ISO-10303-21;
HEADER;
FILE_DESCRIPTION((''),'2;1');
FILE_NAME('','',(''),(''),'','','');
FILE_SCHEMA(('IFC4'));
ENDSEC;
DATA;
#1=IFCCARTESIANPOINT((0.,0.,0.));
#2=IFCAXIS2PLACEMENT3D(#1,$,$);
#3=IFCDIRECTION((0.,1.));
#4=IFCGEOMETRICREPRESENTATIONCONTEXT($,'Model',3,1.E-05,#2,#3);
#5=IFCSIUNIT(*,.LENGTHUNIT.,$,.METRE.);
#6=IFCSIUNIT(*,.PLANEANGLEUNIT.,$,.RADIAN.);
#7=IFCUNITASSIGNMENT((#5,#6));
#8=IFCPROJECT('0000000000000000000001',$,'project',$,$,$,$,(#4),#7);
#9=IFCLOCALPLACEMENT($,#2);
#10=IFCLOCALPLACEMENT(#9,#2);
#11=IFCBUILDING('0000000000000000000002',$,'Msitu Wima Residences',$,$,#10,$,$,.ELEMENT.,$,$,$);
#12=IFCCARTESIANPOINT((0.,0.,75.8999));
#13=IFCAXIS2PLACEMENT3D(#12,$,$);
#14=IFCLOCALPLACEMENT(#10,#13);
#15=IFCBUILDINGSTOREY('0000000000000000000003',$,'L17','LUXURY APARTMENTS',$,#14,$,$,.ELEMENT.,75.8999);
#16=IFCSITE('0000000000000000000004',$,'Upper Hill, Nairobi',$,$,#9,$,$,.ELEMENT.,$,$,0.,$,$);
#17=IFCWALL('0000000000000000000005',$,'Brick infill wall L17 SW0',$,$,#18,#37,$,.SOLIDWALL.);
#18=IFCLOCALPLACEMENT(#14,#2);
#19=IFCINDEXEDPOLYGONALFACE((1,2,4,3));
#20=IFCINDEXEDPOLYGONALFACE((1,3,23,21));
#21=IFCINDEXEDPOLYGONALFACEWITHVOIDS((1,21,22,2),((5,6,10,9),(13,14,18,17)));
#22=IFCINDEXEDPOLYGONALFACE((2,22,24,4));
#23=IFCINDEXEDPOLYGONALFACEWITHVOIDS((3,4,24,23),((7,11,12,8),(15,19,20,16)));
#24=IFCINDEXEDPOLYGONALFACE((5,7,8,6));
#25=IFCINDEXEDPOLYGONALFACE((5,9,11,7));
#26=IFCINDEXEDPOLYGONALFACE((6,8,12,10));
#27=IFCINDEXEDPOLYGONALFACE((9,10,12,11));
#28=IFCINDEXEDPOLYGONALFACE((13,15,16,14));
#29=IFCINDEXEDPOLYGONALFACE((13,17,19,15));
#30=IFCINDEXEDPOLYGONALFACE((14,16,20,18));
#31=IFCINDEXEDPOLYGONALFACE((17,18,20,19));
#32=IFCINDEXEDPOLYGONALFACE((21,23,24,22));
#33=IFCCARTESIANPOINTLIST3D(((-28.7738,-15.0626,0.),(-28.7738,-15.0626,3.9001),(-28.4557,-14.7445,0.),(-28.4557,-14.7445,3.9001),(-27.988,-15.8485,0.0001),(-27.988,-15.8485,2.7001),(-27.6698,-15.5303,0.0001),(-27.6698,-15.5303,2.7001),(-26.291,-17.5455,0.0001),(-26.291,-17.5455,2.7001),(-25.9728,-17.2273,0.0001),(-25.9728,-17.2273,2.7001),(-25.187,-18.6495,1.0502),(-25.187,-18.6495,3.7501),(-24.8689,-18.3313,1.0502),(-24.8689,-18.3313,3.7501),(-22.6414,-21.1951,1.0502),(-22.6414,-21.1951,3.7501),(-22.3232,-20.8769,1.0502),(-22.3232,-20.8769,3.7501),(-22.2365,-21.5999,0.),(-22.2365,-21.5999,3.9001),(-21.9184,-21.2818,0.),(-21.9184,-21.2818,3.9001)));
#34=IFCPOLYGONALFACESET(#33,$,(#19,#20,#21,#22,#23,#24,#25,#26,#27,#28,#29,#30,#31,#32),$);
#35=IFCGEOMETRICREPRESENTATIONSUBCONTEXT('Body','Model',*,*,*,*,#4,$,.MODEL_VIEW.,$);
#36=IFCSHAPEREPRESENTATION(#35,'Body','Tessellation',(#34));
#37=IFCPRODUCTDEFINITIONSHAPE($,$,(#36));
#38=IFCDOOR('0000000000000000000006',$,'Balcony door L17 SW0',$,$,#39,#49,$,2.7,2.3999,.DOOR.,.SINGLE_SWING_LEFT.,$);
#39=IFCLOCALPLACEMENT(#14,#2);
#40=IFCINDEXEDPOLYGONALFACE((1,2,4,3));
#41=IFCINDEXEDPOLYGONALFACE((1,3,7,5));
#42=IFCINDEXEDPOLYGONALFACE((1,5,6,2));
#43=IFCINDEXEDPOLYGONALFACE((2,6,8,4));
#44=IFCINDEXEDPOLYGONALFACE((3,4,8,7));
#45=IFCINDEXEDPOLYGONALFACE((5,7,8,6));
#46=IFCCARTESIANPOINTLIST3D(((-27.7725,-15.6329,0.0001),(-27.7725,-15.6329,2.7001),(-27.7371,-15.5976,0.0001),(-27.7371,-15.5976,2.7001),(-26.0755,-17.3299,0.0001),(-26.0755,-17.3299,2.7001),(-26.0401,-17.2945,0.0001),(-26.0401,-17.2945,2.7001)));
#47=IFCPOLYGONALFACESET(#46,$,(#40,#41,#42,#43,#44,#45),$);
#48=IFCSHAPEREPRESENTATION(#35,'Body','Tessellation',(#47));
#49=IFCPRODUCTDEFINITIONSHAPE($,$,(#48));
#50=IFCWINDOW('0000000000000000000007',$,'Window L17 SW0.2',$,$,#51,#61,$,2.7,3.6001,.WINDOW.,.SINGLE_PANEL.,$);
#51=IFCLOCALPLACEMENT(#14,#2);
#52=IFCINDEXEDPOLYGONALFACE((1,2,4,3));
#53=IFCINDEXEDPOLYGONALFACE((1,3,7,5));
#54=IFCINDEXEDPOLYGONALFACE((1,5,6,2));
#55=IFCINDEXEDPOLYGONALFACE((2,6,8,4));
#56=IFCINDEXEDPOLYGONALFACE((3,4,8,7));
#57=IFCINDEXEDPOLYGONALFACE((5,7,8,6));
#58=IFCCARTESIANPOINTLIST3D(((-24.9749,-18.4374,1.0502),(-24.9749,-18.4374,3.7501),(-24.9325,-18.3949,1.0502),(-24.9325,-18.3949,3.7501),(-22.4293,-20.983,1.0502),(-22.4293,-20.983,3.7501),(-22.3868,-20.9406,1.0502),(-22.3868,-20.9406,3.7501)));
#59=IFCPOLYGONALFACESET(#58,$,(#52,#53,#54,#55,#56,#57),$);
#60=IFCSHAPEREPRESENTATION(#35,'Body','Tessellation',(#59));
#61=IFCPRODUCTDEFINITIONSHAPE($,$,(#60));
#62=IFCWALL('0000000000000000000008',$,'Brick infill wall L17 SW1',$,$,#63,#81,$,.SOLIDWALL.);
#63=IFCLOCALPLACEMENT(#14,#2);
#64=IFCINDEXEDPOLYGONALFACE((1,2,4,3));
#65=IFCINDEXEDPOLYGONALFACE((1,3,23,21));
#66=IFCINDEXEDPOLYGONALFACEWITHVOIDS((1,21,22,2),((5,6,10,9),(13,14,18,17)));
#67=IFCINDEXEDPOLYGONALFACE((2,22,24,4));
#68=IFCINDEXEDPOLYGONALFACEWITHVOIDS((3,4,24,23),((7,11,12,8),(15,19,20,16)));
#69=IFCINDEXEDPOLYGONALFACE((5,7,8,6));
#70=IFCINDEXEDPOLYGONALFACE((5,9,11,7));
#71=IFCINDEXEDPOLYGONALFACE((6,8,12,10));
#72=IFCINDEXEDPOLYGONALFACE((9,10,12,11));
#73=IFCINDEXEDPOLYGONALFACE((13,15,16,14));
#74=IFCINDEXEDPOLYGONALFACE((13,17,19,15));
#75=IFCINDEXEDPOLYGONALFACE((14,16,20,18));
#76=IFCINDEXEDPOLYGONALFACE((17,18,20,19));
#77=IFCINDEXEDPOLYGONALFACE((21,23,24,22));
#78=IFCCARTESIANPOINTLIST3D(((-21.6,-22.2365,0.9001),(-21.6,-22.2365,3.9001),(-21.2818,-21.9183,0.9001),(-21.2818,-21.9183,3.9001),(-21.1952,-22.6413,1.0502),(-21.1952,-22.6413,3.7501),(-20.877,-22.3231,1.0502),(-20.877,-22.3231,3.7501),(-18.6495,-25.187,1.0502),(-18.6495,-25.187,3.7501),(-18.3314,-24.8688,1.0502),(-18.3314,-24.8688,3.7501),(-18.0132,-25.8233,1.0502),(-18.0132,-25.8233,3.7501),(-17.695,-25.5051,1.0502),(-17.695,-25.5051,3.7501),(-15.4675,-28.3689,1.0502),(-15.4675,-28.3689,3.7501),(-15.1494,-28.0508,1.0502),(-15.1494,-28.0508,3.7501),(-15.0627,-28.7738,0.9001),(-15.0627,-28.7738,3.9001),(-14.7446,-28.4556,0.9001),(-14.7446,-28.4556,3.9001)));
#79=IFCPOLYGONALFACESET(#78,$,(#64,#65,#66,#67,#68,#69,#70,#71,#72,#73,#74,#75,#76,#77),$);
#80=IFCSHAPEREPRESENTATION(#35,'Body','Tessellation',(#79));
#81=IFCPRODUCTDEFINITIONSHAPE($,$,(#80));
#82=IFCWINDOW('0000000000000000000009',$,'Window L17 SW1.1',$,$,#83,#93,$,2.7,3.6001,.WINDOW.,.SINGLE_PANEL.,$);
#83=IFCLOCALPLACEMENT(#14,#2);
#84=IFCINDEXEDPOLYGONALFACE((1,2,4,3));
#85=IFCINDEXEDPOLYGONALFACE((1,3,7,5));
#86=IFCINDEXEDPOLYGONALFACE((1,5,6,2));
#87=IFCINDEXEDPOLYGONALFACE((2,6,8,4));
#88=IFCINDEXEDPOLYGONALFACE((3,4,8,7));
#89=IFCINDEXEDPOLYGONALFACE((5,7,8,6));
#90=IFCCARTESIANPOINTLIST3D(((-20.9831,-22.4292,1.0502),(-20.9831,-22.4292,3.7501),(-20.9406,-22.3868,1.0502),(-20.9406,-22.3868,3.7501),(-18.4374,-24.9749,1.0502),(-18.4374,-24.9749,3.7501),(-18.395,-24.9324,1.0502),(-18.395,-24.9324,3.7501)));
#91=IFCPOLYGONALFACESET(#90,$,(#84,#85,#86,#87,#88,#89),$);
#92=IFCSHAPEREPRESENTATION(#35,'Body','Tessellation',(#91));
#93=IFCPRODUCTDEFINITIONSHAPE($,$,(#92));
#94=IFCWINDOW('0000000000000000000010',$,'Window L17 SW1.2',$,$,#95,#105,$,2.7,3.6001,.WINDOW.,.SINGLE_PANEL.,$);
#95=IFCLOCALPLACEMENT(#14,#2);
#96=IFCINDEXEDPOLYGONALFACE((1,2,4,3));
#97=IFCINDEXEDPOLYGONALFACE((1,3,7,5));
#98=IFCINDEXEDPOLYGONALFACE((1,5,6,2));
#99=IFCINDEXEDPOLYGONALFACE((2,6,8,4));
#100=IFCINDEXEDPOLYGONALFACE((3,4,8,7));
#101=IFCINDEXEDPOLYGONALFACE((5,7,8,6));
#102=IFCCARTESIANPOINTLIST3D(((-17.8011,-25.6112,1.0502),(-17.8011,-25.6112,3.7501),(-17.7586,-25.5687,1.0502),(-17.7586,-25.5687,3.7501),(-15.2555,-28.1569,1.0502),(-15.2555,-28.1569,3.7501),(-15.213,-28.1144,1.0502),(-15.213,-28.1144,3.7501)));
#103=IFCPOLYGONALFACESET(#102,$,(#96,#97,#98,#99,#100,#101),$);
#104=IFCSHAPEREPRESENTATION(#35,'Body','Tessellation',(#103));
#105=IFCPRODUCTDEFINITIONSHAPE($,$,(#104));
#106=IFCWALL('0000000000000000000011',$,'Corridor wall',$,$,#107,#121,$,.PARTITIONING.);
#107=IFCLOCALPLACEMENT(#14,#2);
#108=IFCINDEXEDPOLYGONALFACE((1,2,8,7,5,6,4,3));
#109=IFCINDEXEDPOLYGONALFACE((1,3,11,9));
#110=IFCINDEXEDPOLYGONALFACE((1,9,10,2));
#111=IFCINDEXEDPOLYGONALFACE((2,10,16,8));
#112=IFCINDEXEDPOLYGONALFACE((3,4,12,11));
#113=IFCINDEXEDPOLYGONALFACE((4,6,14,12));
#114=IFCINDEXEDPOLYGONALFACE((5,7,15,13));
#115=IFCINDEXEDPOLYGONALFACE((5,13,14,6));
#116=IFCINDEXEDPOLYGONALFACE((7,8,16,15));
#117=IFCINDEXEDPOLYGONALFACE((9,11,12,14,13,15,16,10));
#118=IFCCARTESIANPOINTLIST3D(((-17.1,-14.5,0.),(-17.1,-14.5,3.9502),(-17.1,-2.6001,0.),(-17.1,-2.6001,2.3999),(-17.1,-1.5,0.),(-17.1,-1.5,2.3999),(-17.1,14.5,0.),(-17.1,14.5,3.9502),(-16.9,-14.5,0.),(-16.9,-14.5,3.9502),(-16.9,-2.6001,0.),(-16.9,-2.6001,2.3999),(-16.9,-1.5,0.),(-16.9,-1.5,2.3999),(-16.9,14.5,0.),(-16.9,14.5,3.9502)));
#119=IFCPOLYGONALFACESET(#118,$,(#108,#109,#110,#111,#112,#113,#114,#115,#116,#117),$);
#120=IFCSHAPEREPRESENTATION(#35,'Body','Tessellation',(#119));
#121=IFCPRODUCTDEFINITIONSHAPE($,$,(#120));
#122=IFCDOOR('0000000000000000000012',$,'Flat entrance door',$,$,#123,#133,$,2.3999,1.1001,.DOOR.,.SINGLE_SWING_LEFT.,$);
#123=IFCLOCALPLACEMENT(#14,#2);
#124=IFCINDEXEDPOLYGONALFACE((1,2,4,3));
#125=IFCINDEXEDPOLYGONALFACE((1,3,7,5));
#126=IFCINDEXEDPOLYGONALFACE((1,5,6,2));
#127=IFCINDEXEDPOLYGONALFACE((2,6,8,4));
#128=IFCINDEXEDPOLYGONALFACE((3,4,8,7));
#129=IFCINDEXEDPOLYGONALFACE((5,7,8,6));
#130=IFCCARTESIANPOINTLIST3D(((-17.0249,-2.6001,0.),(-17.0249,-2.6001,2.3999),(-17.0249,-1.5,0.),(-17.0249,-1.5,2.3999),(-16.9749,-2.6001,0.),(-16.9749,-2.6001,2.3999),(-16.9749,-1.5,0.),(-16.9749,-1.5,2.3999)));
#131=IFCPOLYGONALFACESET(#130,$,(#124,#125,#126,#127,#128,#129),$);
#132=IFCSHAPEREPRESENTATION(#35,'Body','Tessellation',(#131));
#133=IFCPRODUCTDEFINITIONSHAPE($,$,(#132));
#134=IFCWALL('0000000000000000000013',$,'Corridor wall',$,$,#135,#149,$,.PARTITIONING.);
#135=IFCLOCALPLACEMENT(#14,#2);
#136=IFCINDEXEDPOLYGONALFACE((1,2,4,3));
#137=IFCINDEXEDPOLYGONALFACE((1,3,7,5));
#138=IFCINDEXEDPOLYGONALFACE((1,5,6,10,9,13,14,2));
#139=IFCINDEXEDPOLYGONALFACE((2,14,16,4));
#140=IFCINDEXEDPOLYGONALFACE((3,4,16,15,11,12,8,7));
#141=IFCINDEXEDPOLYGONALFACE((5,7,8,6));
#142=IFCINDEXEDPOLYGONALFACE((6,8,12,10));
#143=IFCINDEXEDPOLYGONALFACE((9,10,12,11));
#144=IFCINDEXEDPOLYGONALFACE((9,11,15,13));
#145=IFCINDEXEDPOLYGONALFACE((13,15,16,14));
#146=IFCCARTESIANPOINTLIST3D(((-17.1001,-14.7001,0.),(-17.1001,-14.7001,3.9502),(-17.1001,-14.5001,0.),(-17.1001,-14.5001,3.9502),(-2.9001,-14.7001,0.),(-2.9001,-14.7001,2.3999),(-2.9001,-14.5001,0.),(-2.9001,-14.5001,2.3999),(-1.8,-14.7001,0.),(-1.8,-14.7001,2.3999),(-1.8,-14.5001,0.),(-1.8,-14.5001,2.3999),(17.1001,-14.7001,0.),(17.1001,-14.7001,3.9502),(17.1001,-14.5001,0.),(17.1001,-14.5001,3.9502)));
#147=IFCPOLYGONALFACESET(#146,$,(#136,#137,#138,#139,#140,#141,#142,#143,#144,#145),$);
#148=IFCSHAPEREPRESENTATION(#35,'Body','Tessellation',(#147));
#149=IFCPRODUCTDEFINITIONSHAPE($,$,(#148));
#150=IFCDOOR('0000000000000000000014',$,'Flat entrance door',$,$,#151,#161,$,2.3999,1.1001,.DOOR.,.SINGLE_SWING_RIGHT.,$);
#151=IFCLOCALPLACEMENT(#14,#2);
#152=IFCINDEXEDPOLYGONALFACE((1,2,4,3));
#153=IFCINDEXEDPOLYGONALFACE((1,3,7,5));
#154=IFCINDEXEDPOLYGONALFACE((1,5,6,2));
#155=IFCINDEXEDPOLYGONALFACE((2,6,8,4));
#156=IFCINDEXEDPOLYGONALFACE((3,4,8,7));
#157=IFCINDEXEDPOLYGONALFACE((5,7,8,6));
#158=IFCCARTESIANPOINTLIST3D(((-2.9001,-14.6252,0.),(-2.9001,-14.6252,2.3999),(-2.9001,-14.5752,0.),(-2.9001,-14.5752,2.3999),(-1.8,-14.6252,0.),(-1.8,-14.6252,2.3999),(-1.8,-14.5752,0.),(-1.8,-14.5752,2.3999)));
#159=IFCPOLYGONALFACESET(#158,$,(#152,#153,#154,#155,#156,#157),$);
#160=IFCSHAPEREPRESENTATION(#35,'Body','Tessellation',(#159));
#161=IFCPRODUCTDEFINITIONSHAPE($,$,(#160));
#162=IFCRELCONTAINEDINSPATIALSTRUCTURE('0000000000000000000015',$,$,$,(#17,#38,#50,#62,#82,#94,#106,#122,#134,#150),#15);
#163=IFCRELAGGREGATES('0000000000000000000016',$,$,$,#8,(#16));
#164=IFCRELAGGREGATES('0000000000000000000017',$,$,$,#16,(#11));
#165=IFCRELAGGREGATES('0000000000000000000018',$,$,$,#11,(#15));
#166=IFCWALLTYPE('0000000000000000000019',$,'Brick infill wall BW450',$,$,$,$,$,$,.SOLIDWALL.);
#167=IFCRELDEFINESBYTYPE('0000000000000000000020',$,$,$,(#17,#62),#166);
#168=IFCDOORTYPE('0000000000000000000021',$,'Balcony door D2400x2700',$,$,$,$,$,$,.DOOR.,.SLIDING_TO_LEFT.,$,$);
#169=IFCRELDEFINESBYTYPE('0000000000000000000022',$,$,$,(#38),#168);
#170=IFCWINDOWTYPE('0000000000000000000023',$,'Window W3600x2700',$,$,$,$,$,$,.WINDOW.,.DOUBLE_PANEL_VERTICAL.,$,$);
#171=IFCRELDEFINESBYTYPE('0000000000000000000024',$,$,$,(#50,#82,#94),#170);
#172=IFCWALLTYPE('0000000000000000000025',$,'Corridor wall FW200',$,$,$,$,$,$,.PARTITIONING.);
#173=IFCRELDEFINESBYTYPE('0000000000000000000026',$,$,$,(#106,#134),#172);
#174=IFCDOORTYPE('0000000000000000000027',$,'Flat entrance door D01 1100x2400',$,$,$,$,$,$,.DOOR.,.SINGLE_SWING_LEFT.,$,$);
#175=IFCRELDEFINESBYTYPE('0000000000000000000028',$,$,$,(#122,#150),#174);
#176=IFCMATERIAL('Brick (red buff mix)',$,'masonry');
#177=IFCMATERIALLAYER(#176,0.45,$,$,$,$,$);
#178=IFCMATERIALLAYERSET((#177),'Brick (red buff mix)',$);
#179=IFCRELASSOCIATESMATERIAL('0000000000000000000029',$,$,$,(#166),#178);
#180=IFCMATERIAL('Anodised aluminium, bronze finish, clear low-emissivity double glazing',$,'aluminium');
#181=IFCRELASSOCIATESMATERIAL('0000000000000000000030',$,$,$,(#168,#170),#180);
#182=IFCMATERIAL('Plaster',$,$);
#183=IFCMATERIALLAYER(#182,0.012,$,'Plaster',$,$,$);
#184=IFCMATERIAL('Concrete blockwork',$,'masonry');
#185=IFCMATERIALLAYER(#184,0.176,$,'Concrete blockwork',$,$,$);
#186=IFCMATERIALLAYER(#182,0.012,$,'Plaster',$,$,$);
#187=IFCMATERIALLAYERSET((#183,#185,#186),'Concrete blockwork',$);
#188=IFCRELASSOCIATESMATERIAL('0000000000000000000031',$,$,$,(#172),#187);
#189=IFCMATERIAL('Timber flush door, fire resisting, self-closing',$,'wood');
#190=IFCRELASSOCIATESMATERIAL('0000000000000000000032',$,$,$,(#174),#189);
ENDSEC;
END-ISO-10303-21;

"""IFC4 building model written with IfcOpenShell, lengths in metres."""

from ifc_helpers import new_model, si_unit, direction, frame, frame_2d, origin, place, context, subcontext, project, spatial, rectangle, extrude, material, layer, layer_set, type_object, element, fill, save


model = new_model("IFC4")

# Units and contexts
model_context = context("Model", 3, precision=1e-05, world=origin(), true_north=direction((0.0, 1.0)))
body_context = subcontext(model_context, "Body", "Model", "MODEL_VIEW")
ifc_project = project(units=[si_unit("LENGTHUNIT", "METRE"), si_unit("PLANEANGLEUNIT", "RADIAN")], contexts=[model_context])

# Site, building, storey
site_placement = place(None, origin())
site = spatial("IfcSite", under=ifc_project, at=site_placement, Name="Upper Hill, Nairobi", CompositionType="ELEMENT", RefElevation=0.0)
building_placement = place(site_placement, origin())
building = spatial("IfcBuilding", under=site, at=building_placement, Name="Msitu Wima Residences", CompositionType="ELEMENT")
storey_placement = place(building_placement, frame((0.0, 0.0, 75.8999)))
storey = spatial("IfcBuildingStorey", under=building, at=storey_placement, Name="L17", Description="LUXURY APARTMENTS", CompositionType="ELEMENT", Elevation=75.8999)

# Wall, openings, door, window
ifc_material_1 = material(Name="Brick (red buff mix)", Category="masonry")
ifc_layer_1 = layer(ifc_material_1, 0.45)
ifc_layer_set_1 = layer_set([ifc_layer_1], Name="Brick (red buff mix)")
wall_type_1 = type_object("IfcWallType", Name="Brick infill wall BW450", PredefinedType="SOLIDWALL", material=ifc_layer_set_1)
wall_1_placement = place(storey_placement, frame((-28.6147, -14.9036, 0.0), z_axis=(0.0, 0.0, 1.0), x_axis=(0.707107, -0.707107, 0.0)))
wall_1 = element("IfcWall", 1, at=wall_1_placement, inside=storey, type_object=wall_type_1, Name="Brick infill wall L17 SW0", PredefinedType="SOLIDWALL", context=body_context, shape_type="SweptSolid", body=[
    extrude(rectangle(XDim=9.2451, YDim=0.45, at=frame_2d((4.6226, 0.0))), origin(), (0.0, 0.0, 1.0), 3.9001),
])
opening_1_placement = place(wall_1_placement, frame((1.1113, 0.0, 0.0)))
opening_1 = element("IfcOpeningElement", 2, at=opening_1_placement, cuts=wall_1, PredefinedType="OPENING", context=body_context, shape_type="SweptSolid", body=[
    extrude(rectangle(XDim=2.3999, YDim=2.7, at=frame_2d((1.2, 1.3501))), frame((0.0, 0.2349, 0.0), z_axis=(0.0, -1.0, 0.0), x_axis=(1.0, 0.0, 0.0)), (0.0, 0.0, 1.0), 0.47),
])
opening_2_placement = place(wall_1_placement, frame((5.0725, 0.0, 1.05)))
opening_2 = element("IfcOpeningElement", 3, at=opening_2_placement, cuts=wall_1, PredefinedType="OPENING", context=body_context, shape_type="SweptSolid", body=[
    extrude(rectangle(XDim=3.6001, YDim=2.7, at=frame_2d((1.8, 1.3501))), frame((0.0, 0.2349, 0.0), z_axis=(0.0, -1.0, 0.0), x_axis=(1.0, 0.0, 0.0)), (0.0, 0.0, 1.0), 0.47),
])
ifc_material_2 = material(Name="Anodised aluminium, bronze finish, clear low-emissivity double glazing", Category="aluminium")
door_type_1 = type_object("IfcDoorType", Name="Balcony door D2400x2700", OperationType="SLIDING_TO_LEFT", PredefinedType="DOOR", material=ifc_material_2)
door_1_placement = place(opening_1_placement, origin())
door_1 = element("IfcDoor", 4, at=door_1_placement, inside=storey, type_object=door_type_1, Name="Balcony door L17 SW0", OperationType="SINGLE_SWING_LEFT", OverallHeight=2.7, OverallWidth=2.3999, PredefinedType="DOOR", context=body_context, shape_type="SweptSolid", body=[
    extrude(rectangle(XDim=2.3999, YDim=2.7, at=frame_2d((1.2, 1.3501))), frame((0.0, 0.1299, 0.0), z_axis=(0.0, -1.0, 0.0), x_axis=(1.0, 0.0, 0.0)), (0.0, 0.0, 1.0), 0.05),
])
fill(opening_1, door_1)
window_type = type_object("IfcWindowType", Name="Window W3600x2700", PartitioningType="DOUBLE_PANEL_VERTICAL", PredefinedType="WINDOW", material=ifc_material_2)
window_1_placement = place(opening_2_placement, origin())
window_1 = element("IfcWindow", 5, at=window_1_placement, inside=storey, type_object=window_type, Name="Window L17 SW0.2", OverallHeight=2.7, OverallWidth=3.6001, PartitioningType="SINGLE_PANEL", PredefinedType="WINDOW", context=body_context, shape_type="SweptSolid", body=[
    extrude(rectangle(XDim=3.6001, YDim=2.7, at=frame_2d((1.8, 1.3501))), frame((0.0, 0.135, 0.0), z_axis=(0.0, -1.0, 0.0), x_axis=(1.0, 0.0, 0.0)), (0.0, 0.0, 1.0), 0.0601),
])
fill(opening_2, window_1)

# Wall, openings, windows
wall_2_placement = place(storey_placement, frame((-21.4409, -22.0774, 0.9001), z_axis=(0.0, 0.0, 1.0), x_axis=(0.707107, -0.707107, 0.0)))
wall_2 = element("IfcWall", 6, at=wall_2_placement, inside=storey, type_object=wall_type_1, Name="Brick infill wall L17 SW1", PredefinedType="SOLIDWALL", context=body_context, shape_type="SweptSolid", body=[
    extrude(rectangle(XDim=9.2451, YDim=0.45, at=frame_2d((4.6226, 0.0))), origin(), (0.0, 0.0, 1.0), 3.0),
])
opening_3_placement = place(wall_2_placement, frame((0.5725, 0.0, 0.1499)))
opening_3 = element("IfcOpeningElement", 7, at=opening_3_placement, cuts=wall_2, PredefinedType="OPENING", context=body_context, shape_type="SweptSolid", body=[
    extrude(rectangle(XDim=3.6001, YDim=2.7, at=frame_2d((1.8, 1.3501))), frame((0.0, 0.2349, 0.0), z_axis=(0.0, -1.0, 0.0), x_axis=(1.0, 0.0, 0.0)), (0.0, 0.0, 1.0), 0.47),
])
opening_4_placement = place(wall_2_placement, frame((5.0725, 0.0, 0.1499)))
opening_4 = element("IfcOpeningElement", 8, at=opening_4_placement, cuts=wall_2, PredefinedType="OPENING", context=body_context, shape_type="SweptSolid", body=[
    extrude(rectangle(XDim=3.6001, YDim=2.7, at=frame_2d((1.8, 1.3501))), frame((0.0, 0.2349, 0.0), z_axis=(0.0, -1.0, 0.0), x_axis=(1.0, 0.0, 0.0)), (0.0, 0.0, 1.0), 0.47),
])
window_2_placement = place(opening_3_placement, origin())
window_2 = element("IfcWindow", 9, at=window_2_placement, inside=storey, type_object=window_type, Name="Window L17 SW1.1", OverallHeight=2.7, OverallWidth=3.6001, PartitioningType="SINGLE_PANEL", PredefinedType="WINDOW", context=body_context, shape_type="SweptSolid", body=[
    extrude(rectangle(XDim=3.6001, YDim=2.7, at=frame_2d((1.8, 1.3501))), frame((0.0, 0.135, 0.0), z_axis=(0.0, -1.0, 0.0), x_axis=(1.0, 0.0, 0.0)), (0.0, 0.0, 1.0), 0.0601),
])
fill(opening_3, window_2)
window_3_placement = place(opening_4_placement, origin())
window_3 = element("IfcWindow", 10, at=window_3_placement, inside=storey, type_object=window_type, Name="Window L17 SW1.2", OverallHeight=2.7, OverallWidth=3.6001, PartitioningType="SINGLE_PANEL", PredefinedType="WINDOW", context=body_context, shape_type="SweptSolid", body=[
    extrude(rectangle(XDim=3.6001, YDim=2.7, at=frame_2d((1.8, 1.3501))), frame((0.0, 0.135, 0.0), z_axis=(0.0, -1.0, 0.0), x_axis=(1.0, 0.0, 0.0)), (0.0, 0.0, 1.0), 0.0601),
])
fill(opening_4, window_3)

# Walls, openings, doors
ifc_material_3 = material(Name="Plaster")
ifc_layer_2 = layer(ifc_material_3, 0.012, Name="Plaster")
ifc_material_4 = material(Name="Concrete blockwork", Category="masonry")
ifc_layer_3 = layer(ifc_material_4, 0.176, Name="Concrete blockwork")
ifc_layer_4 = layer(ifc_material_3, 0.012, Name="Plaster")
ifc_layer_set_2 = layer_set([ifc_layer_2, ifc_layer_3, ifc_layer_4], Name="Concrete blockwork")
wall_type_2 = type_object("IfcWallType", Name="Corridor wall FW200", PredefinedType="PARTITIONING", material=ifc_layer_set_2)
wall_3_placement = place(storey_placement, frame((-17.0, -14.5, 0.0), z_axis=(0.0, 0.0, 1.0), x_axis=(0.0, 1.0, 0.0)))
wall_3 = element("IfcWall", 11, at=wall_3_placement, inside=storey, type_object=wall_type_2, Name="Corridor wall", PredefinedType="PARTITIONING", context=body_context, shape_type="SweptSolid", body=[
    extrude(rectangle(XDim=29.0, YDim=0.2, at=frame_2d((14.5, 0.0))), origin(), (0.0, 0.0, 1.0), 3.9502),
])
opening_5_placement = place(wall_3_placement, frame((11.8999, 0.0, 0.0)))
opening_5 = element("IfcOpeningElement", 12, at=opening_5_placement, cuts=wall_3, PredefinedType="OPENING", context=body_context, shape_type="SweptSolid", body=[
    extrude(rectangle(XDim=1.1001, YDim=2.3999, at=frame_2d((0.55, 1.2))), frame((0.0, 0.1099, 0.0), z_axis=(0.0, -1.0, 0.0), x_axis=(1.0, 0.0, 0.0)), (0.0, 0.0, 1.0), 0.22),
])
ifc_material_5 = material(Name="Timber flush door, fire resisting, self-closing", Category="wood")
door_type_2 = type_object("IfcDoorType", Name="Flat entrance door D01 1100x2400", OperationType="SINGLE_SWING_LEFT", PredefinedType="DOOR", material=ifc_material_5)
door_2_placement = place(opening_5_placement, origin())
door_2 = element("IfcDoor", 13, at=door_2_placement, inside=storey, type_object=door_type_2, Name="Flat entrance door", OperationType="SINGLE_SWING_LEFT", OverallHeight=2.3999, OverallWidth=1.1001, PredefinedType="DOOR", context=body_context, shape_type="SweptSolid", body=[
    extrude(rectangle(XDim=1.1001, YDim=2.3999, at=frame_2d((0.55, 1.2))), frame((0.0, 0.0249, 0.0), z_axis=(0.0, -1.0, 0.0), x_axis=(1.0, 0.0, 0.0)), (0.0, 0.0, 1.0), 0.05),
])
fill(opening_5, door_2)
wall_4_placement = place(storey_placement, frame((-17.1001, -14.6001, 0.0), z_axis=(0.0, 0.0, 1.0), x_axis=(1.0, 0.0, 0.0)))
wall_4 = element("IfcWall", 14, at=wall_4_placement, inside=storey, type_object=wall_type_2, Name="Corridor wall", PredefinedType="PARTITIONING", context=body_context, shape_type="SweptSolid", body=[
    extrude(rectangle(XDim=34.2002, YDim=0.2, at=frame_2d((17.1001, 0.0))), origin(), (0.0, 0.0, 1.0), 3.9502),
])
opening_6_placement = place(wall_4_placement, frame((14.2, 0.0, 0.0)))
opening_6 = element("IfcOpeningElement", 15, at=opening_6_placement, cuts=wall_4, PredefinedType="OPENING", context=body_context, shape_type="SweptSolid", body=[
    extrude(rectangle(XDim=1.1001, YDim=2.3999, at=frame_2d((0.55, 1.2))), frame((0.0, 0.1099, 0.0), z_axis=(0.0, -1.0, 0.0), x_axis=(1.0, 0.0, 0.0)), (0.0, 0.0, 1.0), 0.22),
])
door_3_placement = place(opening_6_placement, origin())
door_3 = element("IfcDoor", 16, at=door_3_placement, inside=storey, type_object=door_type_2, Name="Flat entrance door", OperationType="SINGLE_SWING_RIGHT", OverallHeight=2.3999, OverallWidth=1.1001, PredefinedType="DOOR", context=body_context, shape_type="SweptSolid", body=[
    extrude(rectangle(XDim=1.1001, YDim=2.3999, at=frame_2d((0.55, 1.2))), frame((0.0, 0.0249, 0.0), z_axis=(0.0, -1.0, 0.0), x_axis=(1.0, 0.0, 0.0)), (0.0, 0.0, 1.0), 0.05),
])
fill(opening_6, door_3)

save(model, "model.ifc")
